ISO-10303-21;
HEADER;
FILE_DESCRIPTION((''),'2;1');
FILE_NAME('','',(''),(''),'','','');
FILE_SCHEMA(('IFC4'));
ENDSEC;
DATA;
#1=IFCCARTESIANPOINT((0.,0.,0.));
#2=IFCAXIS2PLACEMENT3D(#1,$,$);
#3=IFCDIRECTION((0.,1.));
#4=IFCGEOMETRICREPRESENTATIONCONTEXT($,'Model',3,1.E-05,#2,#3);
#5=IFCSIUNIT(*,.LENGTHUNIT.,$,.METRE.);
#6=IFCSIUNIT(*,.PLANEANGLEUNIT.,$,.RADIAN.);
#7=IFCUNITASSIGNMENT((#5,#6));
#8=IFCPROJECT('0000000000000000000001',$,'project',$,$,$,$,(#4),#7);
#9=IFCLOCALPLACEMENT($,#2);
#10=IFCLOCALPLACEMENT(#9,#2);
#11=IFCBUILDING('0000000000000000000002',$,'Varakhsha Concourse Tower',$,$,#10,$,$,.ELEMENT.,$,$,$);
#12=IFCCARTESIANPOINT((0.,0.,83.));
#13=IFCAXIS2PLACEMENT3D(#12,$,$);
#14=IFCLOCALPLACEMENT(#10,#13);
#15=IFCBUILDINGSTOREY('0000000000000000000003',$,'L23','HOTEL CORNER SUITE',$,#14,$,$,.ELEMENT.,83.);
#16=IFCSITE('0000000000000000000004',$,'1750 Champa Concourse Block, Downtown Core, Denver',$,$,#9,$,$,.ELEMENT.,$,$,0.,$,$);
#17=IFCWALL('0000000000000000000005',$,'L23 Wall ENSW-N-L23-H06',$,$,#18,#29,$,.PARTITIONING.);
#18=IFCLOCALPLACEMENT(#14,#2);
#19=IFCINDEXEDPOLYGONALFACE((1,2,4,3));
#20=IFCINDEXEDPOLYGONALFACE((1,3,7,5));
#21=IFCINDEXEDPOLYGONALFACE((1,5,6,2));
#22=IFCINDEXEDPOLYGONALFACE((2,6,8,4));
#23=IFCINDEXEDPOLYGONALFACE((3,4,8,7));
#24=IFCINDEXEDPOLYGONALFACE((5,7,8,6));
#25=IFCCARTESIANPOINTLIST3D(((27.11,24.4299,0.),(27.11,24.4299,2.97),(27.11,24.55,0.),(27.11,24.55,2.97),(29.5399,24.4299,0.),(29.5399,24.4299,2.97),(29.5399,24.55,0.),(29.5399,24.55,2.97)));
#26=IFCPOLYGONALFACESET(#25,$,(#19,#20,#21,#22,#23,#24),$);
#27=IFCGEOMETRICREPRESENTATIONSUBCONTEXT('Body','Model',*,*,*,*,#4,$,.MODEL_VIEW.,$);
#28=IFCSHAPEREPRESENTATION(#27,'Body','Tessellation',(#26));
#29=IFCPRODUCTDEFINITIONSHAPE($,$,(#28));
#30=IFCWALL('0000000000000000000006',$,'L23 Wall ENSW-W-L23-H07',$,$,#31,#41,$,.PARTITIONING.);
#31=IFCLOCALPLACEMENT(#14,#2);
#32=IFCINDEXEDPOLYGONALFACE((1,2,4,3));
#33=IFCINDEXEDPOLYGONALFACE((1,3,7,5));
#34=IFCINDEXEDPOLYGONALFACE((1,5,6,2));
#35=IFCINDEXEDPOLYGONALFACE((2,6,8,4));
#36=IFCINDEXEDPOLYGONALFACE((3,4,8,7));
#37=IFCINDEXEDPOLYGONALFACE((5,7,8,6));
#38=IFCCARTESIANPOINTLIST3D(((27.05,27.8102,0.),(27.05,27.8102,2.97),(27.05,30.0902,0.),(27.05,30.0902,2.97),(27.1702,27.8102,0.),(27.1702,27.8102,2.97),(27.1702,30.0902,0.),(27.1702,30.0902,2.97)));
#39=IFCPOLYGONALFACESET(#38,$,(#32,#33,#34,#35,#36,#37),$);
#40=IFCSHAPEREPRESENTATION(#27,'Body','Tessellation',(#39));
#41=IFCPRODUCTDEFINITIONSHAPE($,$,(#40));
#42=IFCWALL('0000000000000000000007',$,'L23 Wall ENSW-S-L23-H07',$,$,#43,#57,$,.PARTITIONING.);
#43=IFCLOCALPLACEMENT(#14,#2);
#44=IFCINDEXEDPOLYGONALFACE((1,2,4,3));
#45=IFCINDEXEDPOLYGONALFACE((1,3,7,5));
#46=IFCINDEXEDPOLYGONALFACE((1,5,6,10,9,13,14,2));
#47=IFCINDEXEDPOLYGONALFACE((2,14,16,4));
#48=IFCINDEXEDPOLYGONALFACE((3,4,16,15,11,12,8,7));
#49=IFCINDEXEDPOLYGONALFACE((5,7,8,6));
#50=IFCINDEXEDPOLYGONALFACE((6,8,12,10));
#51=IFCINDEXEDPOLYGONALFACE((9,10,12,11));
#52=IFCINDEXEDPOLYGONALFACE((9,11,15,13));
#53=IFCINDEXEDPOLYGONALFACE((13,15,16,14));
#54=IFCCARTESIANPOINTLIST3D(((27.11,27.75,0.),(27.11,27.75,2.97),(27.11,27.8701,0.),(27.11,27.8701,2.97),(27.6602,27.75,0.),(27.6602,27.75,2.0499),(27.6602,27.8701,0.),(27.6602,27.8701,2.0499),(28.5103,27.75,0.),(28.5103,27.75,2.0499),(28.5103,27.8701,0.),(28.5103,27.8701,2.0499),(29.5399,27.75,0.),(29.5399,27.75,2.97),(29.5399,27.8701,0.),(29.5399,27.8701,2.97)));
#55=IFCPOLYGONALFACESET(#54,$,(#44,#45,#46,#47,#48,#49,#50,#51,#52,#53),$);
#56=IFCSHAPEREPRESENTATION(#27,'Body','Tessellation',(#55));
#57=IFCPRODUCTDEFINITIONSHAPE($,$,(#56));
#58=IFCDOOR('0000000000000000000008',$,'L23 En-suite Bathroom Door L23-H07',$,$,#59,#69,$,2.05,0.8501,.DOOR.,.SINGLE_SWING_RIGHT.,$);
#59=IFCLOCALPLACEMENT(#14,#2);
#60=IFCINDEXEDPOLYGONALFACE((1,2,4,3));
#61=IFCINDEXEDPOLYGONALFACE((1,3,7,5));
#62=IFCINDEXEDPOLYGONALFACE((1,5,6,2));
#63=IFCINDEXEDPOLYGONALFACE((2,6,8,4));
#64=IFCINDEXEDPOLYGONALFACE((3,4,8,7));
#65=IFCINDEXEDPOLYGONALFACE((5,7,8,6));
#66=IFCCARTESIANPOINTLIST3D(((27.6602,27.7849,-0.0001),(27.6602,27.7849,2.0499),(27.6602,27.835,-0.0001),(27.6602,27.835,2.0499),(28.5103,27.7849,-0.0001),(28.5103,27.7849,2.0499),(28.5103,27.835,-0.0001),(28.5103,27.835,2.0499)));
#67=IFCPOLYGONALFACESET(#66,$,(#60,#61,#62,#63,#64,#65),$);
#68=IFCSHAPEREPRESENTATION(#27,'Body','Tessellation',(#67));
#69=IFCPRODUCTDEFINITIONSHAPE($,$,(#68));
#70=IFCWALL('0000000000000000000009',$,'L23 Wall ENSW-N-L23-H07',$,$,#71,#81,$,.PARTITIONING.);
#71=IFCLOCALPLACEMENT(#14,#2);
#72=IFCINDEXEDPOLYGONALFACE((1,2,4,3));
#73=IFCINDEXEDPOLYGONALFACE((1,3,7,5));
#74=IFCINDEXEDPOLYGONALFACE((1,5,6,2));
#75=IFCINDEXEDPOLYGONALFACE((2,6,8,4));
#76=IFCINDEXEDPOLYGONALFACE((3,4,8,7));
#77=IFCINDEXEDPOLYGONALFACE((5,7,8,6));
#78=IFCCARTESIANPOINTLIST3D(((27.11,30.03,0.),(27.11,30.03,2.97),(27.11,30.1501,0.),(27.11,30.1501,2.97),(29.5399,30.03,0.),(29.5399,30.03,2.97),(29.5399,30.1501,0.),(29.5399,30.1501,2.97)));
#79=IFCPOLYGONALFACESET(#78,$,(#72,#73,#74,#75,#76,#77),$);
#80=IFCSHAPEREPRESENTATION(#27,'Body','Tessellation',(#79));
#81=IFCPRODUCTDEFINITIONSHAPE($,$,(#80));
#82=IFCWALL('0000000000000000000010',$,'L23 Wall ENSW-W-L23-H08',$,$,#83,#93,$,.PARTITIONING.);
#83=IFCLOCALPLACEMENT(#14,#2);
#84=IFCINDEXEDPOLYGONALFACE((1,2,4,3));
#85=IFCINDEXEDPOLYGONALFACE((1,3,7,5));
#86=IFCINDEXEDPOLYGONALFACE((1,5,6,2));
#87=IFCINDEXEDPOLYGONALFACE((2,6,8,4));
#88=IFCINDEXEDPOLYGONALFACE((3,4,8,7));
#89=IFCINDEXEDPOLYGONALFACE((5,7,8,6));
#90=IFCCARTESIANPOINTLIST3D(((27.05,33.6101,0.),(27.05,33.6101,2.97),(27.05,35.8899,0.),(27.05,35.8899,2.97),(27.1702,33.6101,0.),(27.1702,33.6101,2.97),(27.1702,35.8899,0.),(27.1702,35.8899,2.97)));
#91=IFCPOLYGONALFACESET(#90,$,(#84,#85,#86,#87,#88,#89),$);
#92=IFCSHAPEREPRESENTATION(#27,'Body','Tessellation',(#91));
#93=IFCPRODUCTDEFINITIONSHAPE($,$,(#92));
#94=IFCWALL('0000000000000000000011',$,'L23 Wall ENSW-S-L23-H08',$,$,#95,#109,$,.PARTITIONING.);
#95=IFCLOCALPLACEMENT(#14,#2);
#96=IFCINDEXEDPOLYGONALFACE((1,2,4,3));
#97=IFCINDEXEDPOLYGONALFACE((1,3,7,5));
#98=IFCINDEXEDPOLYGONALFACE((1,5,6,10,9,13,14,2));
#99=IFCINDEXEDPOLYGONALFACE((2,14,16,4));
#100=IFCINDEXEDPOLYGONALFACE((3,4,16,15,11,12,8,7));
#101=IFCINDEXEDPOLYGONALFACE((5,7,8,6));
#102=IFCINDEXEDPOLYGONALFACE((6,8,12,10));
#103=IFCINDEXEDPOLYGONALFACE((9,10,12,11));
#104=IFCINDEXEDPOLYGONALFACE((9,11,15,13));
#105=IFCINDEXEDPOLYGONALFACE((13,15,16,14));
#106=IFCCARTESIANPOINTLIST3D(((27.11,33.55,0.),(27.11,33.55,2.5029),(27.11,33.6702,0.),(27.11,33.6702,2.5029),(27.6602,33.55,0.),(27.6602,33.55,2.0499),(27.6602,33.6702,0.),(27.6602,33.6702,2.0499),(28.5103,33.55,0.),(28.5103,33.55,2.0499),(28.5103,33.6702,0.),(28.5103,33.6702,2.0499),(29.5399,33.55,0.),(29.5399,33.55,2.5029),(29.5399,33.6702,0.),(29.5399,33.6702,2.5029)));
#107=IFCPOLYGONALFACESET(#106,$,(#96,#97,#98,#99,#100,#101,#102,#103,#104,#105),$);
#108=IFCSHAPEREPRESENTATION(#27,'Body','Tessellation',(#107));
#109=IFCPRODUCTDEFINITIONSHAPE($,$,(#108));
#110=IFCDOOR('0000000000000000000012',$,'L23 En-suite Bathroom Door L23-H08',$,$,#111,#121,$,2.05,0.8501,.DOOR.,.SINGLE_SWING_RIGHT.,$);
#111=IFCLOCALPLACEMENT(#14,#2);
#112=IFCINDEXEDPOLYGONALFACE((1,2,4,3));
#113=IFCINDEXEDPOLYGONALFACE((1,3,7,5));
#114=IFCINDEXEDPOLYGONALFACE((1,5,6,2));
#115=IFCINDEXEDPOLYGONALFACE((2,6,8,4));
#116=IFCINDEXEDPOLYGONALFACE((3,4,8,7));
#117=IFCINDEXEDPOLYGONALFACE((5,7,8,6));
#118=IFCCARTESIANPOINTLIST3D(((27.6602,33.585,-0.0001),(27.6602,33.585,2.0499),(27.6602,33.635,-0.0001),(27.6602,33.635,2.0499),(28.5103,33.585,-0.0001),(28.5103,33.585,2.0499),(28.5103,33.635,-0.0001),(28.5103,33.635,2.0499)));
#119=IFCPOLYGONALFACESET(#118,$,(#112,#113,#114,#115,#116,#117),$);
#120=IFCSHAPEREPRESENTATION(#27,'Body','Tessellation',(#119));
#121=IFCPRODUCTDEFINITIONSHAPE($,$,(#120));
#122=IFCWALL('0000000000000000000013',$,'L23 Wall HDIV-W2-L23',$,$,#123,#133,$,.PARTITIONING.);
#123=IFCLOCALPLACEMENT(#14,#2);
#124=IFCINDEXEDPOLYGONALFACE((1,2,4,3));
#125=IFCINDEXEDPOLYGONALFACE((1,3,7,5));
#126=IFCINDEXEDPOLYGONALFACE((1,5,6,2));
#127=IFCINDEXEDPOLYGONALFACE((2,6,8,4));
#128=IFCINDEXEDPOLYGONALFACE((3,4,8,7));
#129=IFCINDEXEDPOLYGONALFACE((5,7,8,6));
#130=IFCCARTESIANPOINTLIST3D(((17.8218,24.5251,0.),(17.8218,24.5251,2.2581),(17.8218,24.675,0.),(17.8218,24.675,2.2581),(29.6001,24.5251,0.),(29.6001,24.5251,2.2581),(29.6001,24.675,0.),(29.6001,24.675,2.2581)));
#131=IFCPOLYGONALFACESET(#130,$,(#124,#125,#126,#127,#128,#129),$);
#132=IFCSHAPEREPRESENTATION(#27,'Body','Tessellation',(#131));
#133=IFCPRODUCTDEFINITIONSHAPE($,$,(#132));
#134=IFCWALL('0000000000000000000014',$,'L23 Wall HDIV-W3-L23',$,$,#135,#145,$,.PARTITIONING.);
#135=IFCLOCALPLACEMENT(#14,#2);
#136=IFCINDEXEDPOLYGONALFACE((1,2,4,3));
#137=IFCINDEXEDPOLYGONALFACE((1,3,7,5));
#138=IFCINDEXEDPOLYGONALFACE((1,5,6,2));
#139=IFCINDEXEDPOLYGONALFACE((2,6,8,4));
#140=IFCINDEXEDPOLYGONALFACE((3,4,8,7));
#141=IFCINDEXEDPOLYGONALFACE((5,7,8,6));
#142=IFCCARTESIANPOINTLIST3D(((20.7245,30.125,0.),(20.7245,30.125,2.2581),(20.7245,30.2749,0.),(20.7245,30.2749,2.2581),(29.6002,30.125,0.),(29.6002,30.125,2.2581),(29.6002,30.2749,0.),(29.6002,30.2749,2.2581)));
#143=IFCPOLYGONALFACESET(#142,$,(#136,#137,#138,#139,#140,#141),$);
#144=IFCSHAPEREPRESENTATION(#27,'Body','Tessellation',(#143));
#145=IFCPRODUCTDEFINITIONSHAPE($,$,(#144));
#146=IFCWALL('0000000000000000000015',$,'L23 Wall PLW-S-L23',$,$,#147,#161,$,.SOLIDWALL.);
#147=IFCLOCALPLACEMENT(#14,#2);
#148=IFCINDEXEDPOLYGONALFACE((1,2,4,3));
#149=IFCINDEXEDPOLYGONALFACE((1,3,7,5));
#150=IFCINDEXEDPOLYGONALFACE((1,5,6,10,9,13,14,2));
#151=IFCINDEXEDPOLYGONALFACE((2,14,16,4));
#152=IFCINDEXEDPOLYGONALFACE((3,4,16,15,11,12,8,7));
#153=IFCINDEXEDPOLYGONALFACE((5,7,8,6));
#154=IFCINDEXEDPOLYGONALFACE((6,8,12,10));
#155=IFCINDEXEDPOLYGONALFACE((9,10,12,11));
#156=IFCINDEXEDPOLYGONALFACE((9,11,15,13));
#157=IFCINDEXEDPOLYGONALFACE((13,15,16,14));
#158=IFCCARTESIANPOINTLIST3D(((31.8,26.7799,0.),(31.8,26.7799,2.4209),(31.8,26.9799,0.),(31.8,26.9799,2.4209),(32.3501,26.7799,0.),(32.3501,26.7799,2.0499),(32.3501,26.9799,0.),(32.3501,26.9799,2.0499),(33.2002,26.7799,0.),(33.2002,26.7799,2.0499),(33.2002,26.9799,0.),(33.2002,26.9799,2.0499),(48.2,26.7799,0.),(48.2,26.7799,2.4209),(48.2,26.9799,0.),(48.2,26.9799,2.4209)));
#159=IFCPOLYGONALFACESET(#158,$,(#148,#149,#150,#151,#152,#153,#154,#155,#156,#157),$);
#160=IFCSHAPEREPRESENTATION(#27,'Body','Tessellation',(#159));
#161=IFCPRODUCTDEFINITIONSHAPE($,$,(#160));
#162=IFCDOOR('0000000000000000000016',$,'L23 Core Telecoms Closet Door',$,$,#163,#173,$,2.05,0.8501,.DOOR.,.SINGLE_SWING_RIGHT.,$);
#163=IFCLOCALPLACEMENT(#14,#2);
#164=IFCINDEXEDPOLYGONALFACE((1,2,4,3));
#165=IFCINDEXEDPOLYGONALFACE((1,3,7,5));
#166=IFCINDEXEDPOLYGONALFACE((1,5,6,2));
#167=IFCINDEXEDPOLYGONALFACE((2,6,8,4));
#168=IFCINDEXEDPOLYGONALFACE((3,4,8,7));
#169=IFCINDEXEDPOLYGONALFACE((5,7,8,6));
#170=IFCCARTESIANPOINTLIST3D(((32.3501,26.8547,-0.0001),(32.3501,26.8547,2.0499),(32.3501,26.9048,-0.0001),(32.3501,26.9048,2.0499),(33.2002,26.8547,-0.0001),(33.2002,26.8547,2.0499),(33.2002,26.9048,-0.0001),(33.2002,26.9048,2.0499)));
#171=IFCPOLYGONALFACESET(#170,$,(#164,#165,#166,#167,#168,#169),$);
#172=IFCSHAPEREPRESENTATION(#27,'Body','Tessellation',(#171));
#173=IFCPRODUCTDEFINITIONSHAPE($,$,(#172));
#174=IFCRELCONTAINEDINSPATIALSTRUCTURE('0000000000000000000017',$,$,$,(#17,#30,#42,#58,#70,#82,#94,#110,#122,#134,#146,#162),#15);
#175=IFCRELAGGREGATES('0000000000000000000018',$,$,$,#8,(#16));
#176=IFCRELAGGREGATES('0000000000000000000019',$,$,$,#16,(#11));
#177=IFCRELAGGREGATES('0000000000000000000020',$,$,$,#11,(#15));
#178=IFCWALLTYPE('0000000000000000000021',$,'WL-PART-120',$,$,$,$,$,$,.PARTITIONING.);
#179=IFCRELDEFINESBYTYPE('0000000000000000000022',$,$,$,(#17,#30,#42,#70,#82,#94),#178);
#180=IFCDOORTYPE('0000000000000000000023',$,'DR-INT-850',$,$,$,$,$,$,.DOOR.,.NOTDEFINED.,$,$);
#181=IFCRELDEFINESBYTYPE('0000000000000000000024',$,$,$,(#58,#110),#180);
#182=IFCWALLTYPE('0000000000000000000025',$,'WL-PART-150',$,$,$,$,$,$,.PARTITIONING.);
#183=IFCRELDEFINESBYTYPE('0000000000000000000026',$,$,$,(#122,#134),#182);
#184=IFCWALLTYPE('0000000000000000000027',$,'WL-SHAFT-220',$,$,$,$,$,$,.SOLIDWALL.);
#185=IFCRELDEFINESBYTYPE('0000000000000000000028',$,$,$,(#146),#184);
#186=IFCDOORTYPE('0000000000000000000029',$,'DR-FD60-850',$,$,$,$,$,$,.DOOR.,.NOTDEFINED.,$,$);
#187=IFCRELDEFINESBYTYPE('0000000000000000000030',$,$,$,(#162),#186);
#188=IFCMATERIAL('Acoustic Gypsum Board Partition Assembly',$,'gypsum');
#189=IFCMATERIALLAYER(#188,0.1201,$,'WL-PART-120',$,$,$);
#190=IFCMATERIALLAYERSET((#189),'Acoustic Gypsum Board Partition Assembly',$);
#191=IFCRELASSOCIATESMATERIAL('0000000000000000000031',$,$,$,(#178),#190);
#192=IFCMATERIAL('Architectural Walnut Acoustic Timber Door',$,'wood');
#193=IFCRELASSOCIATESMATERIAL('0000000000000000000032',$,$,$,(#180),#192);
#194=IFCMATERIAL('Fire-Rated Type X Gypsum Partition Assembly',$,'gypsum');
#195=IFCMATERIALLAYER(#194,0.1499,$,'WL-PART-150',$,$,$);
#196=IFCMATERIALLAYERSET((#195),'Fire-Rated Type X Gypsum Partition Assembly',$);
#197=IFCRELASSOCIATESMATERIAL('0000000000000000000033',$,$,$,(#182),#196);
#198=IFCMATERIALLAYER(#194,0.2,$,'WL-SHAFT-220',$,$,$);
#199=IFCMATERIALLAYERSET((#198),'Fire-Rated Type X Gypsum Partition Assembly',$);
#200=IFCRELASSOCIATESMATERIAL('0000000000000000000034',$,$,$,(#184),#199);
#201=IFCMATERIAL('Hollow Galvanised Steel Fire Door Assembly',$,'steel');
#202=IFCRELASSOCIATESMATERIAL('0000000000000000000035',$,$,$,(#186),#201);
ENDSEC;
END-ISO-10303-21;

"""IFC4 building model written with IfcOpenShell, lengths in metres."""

from ifc_helpers import new_model, si_unit, direction, frame, frame_2d, origin, place, context, subcontext, project, spatial, rectangle, extrude, material, layer, layer_set, type_object, element, fill, save


model = new_model("IFC4")

# Units and contexts
model_context = context("Model", 3, precision=1e-05, world=origin(), true_north=direction((0.0, 1.0)))
body_context = subcontext(model_context, "Body", "Model", "MODEL_VIEW")
ifc_project = project(units=[si_unit("LENGTHUNIT", "METRE"), si_unit("PLANEANGLEUNIT", "RADIAN")], contexts=[model_context])

# Site, building, storey
site_placement = place(None, origin())
site = spatial("IfcSite", under=ifc_project, at=site_placement, Name="1750 Champa Concourse Block, Downtown Core, Denver", CompositionType="ELEMENT", RefElevation=0.0)
building_placement = place(site_placement, origin())
building = spatial("IfcBuilding", under=site, at=building_placement, Name="Varakhsha Concourse Tower", CompositionType="ELEMENT")
storey_placement = place(building_placement, frame((0.0, 0.0, 83.0)))
storey = spatial("IfcBuildingStorey", under=building, at=storey_placement, Name="L23", Description="HOTEL CORNER SUITE", CompositionType="ELEMENT", Elevation=83.0)

# Shared definitions
ifc_material_1 = material(Name="Acoustic Gypsum Board Partition Assembly", Category="gypsum")
ifc_layer_1 = layer(ifc_material_1, 0.1201, Name="WL-PART-120")
ifc_layer_set_1 = layer_set([ifc_layer_1], Name="Acoustic Gypsum Board Partition Assembly")
wall_type_1 = type_object("IfcWallType", Name="WL-PART-120", PredefinedType="PARTITIONING", material=ifc_layer_set_1)

# Shared definitions
ifc_material_2 = material(Name="Architectural Walnut Acoustic Timber Door", Category="wood")
door_type_1 = type_object("IfcDoorType", Name="DR-INT-850", OperationType="NOTDEFINED", PredefinedType="DOOR", material=ifc_material_2)

# Walls
wall_1_placement = place(storey_placement, frame((27.1101, 24.49, 0.0), z_axis=(0.0, 0.0, 1.0), x_axis=(1.0, 0.0, 0.0)))
element("IfcWall", 1, at=wall_1_placement, inside=storey, type_object=wall_type_1, Name="L23 Wall ENSW-N-L23-H06", PredefinedType="PARTITIONING", context=body_context, shape_type="SweptSolid", body=[
    extrude(rectangle(XDim=2.4299, YDim=0.1201, at=frame_2d((1.2148, 0.0))), origin(), (0.0, 0.0, 1.0), 2.97),
])
wall_2_placement = place(storey_placement, frame((27.1101, 27.8101, 0.0), z_axis=(0.0, 0.0, 1.0), x_axis=(0.0, 1.0, 0.0)))
element("IfcWall", 2, at=wall_2_placement, inside=storey, type_object=wall_type_1, Name="L23 Wall ENSW-W-L23-H07", PredefinedType="PARTITIONING", context=body_context, shape_type="SweptSolid", body=[
    extrude(rectangle(XDim=2.28, YDim=0.1201, at=frame_2d((1.1401, 0.0))), origin(), (0.0, 0.0, 1.0), 2.97),
])

# Wall, opening, door
wall_3_placement = place(storey_placement, frame((27.1101, 27.8101, 0.0), z_axis=(0.0, 0.0, 1.0), x_axis=(1.0, 0.0, 0.0)))
wall_3 = element("IfcWall", 3, at=wall_3_placement, inside=storey, type_object=wall_type_1, Name="L23 Wall ENSW-S-L23-H07", PredefinedType="PARTITIONING", context=body_context, shape_type="SweptSolid", body=[
    extrude(rectangle(XDim=2.4299, YDim=0.1201, at=frame_2d((1.2148, 0.0))), origin(), (0.0, 0.0, 1.0), 2.97),
])
opening_1_placement = place(wall_3_placement, frame((0.55, 0.0, 0.0)))
opening_1 = element("IfcOpeningElement", 4, at=opening_1_placement, cuts=wall_3, PredefinedType="OPENING", context=body_context, shape_type="SweptSolid", body=[
    extrude(rectangle(XDim=0.8501, YDim=2.05, at=frame_2d((0.425, 1.0249))), frame((0.0, 0.0701, 0.0), z_axis=(0.0, -1.0, 0.0), x_axis=(1.0, 0.0, 0.0)), (0.0, 0.0, 1.0), 0.1401),
])
door_1_placement = place(opening_1_placement, origin())
door_1 = element("IfcDoor", 5, at=door_1_placement, inside=storey, type_object=door_type_1, Name="L23 En-suite Bathroom Door L23-H07", OperationType="SINGLE_SWING_RIGHT", OverallHeight=2.05, OverallWidth=0.8501, PredefinedType="DOOR", context=body_context, shape_type="SweptSolid", body=[
    extrude(rectangle(XDim=0.8501, YDim=2.05, at=frame_2d((0.425, 1.0249))), frame((0.0, 0.0249, 0.0), z_axis=(0.0, -1.0, 0.0), x_axis=(1.0, 0.0, 0.0)), (0.0, 0.0, 1.0), 0.05),
])
fill(opening_1, door_1)

# Walls
wall_4_placement = place(storey_placement, frame((27.1101, 30.0901, 0.0), z_axis=(0.0, 0.0, 1.0), x_axis=(1.0, 0.0, 0.0)))
element("IfcWall", 6, at=wall_4_placement, inside=storey, type_object=wall_type_1, Name="L23 Wall ENSW-N-L23-H07", PredefinedType="PARTITIONING", context=body_context, shape_type="SweptSolid", body=[
    extrude(rectangle(XDim=2.4299, YDim=0.1201, at=frame_2d((1.2148, 0.0))), origin(), (0.0, 0.0, 1.0), 2.97),
])
wall_5_placement = place(storey_placement, frame((27.1101, 33.6101, 0.0), z_axis=(0.0, 0.0, 1.0), x_axis=(0.0, 1.0, 0.0)))
element("IfcWall", 7, at=wall_5_placement, inside=storey, type_object=wall_type_1, Name="L23 Wall ENSW-W-L23-H08", PredefinedType="PARTITIONING", context=body_context, shape_type="SweptSolid", body=[
    extrude(rectangle(XDim=2.2798, YDim=0.1201, at=frame_2d((1.1399, 0.0))), origin(), (0.0, 0.0, 1.0), 2.97),
])

# Wall, opening, door
wall_6_placement = place(storey_placement, frame((27.1101, 33.6101, 0.0), z_axis=(0.0, 0.0, 1.0), x_axis=(1.0, 0.0, 0.0)))
wall_6 = element("IfcWall", 8, at=wall_6_placement, inside=storey, type_object=wall_type_1, Name="L23 Wall ENSW-S-L23-H08", PredefinedType="PARTITIONING", context=body_context, shape_type="SweptSolid", body=[
    extrude(rectangle(XDim=2.4299, YDim=0.1201, at=frame_2d((1.2148, 0.0))), origin(), (0.0, 0.0, 1.0), 2.5029),
])
opening_2_placement = place(wall_6_placement, frame((0.55, 0.0, 0.0)))
opening_2 = element("IfcOpeningElement", 9, at=opening_2_placement, cuts=wall_6, PredefinedType="OPENING", context=body_context, shape_type="SweptSolid", body=[
    extrude(rectangle(XDim=0.8501, YDim=2.05, at=frame_2d((0.425, 1.0249))), frame((0.0, 0.0701, 0.0), z_axis=(0.0, -1.0, 0.0), x_axis=(1.0, 0.0, 0.0)), (0.0, 0.0, 1.0), 0.1401),
])
door_2_placement = place(opening_2_placement, origin())
door_2 = element("IfcDoor", 10, at=door_2_placement, inside=storey, type_object=door_type_1, Name="L23 En-suite Bathroom Door L23-H08", OperationType="SINGLE_SWING_RIGHT", OverallHeight=2.05, OverallWidth=0.8501, PredefinedType="DOOR", context=body_context, shape_type="SweptSolid", body=[
    extrude(rectangle(XDim=0.8501, YDim=2.05, at=frame_2d((0.425, 1.0249))), frame((0.0, 0.0249, 0.0), z_axis=(0.0, -1.0, 0.0), x_axis=(1.0, 0.0, 0.0)), (0.0, 0.0, 1.0), 0.05),
])
fill(opening_2, door_2)

# Walls
ifc_material_3 = material(Name="Fire-Rated Type X Gypsum Partition Assembly", Category="gypsum")
ifc_layer_2 = layer(ifc_material_3, 0.1499, Name="WL-PART-150")
ifc_layer_set_2 = layer_set([ifc_layer_2], Name="Fire-Rated Type X Gypsum Partition Assembly")
wall_type_2 = type_object("IfcWallType", Name="WL-PART-150", PredefinedType="PARTITIONING", material=ifc_layer_set_2)
wall_7_placement = place(storey_placement, frame((17.8218, 24.6001, 0.0), z_axis=(0.0, 0.0, 1.0), x_axis=(1.0, 0.0, 0.0)))
element("IfcWall", 11, at=wall_7_placement, inside=storey, type_object=wall_type_2, Name="L23 Wall HDIV-W2-L23", PredefinedType="PARTITIONING", context=body_context, shape_type="SweptSolid", body=[
    extrude(rectangle(XDim=11.7783, YDim=0.1499, at=frame_2d((5.8892, 0.0))), origin(), (0.0, 0.0, 1.0), 2.2581),
])
wall_8_placement = place(storey_placement, frame((20.7244, 30.2, 0.0), z_axis=(0.0, 0.0, 1.0), x_axis=(1.0, 0.0, 0.0)))
element("IfcWall", 12, at=wall_8_placement, inside=storey, type_object=wall_type_2, Name="L23 Wall HDIV-W3-L23", PredefinedType="PARTITIONING", context=body_context, shape_type="SweptSolid", body=[
    extrude(rectangle(XDim=8.8757, YDim=0.1499, at=frame_2d((4.438, 0.0))), origin(), (0.0, 0.0, 1.0), 2.2581),
])

# Wall, opening, door
ifc_layer_3 = layer(ifc_material_3, 0.2, Name="WL-SHAFT-220")
ifc_layer_set_3 = layer_set([ifc_layer_3], Name="Fire-Rated Type X Gypsum Partition Assembly")
wall_type_3 = type_object("IfcWallType", Name="WL-SHAFT-220", PredefinedType="SOLIDWALL", material=ifc_layer_set_3)
wall_9_placement = place(storey_placement, frame((31.8, 26.8799, 0.0), z_axis=(0.0, 0.0, 1.0), x_axis=(1.0, 0.0, 0.0)))
wall_9 = element("IfcWall", 13, at=wall_9_placement, inside=storey, type_object=wall_type_3, Name="L23 Wall PLW-S-L23", PredefinedType="SOLIDWALL", context=body_context, shape_type="SweptSolid", body=[
    extrude(rectangle(XDim=16.3999, YDim=0.2, at=frame_2d((8.2, 0.0))), origin(), (0.0, 0.0, 1.0), 2.4209),
])
opening_3_placement = place(wall_9_placement, frame((0.55, 0.0, 0.0)))
opening_3 = element("IfcOpeningElement", 14, at=opening_3_placement, cuts=wall_9, PredefinedType="OPENING", context=body_context, shape_type="SweptSolid", body=[
    extrude(rectangle(XDim=0.8501, YDim=2.05, at=frame_2d((0.425, 1.0249))), frame((0.0, 0.1099, 0.0), z_axis=(0.0, -1.0, 0.0), x_axis=(1.0, 0.0, 0.0)), (0.0, 0.0, 1.0), 0.22),
])
ifc_material_4 = material(Name="Hollow Galvanised Steel Fire Door Assembly", Category="steel")
door_type_2 = type_object("IfcDoorType", Name="DR-FD60-850", OperationType="NOTDEFINED", PredefinedType="DOOR", material=ifc_material_4)
door_3_placement = place(opening_3_placement, origin())
door_3 = element("IfcDoor", 15, at=door_3_placement, inside=storey, type_object=door_type_2, Name="L23 Core Telecoms Closet Door", OperationType="SINGLE_SWING_RIGHT", OverallHeight=2.05, OverallWidth=0.8501, PredefinedType="DOOR", context=body_context, shape_type="SweptSolid", body=[
    extrude(rectangle(XDim=0.8501, YDim=2.05, at=frame_2d((0.425, 1.0249))), frame((0.0, 0.0249, 0.0), z_axis=(0.0, -1.0, 0.0), x_axis=(1.0, 0.0, 0.0)), (0.0, 0.0, 1.0), 0.05),
])
fill(opening_3, door_3)

save(model, "model.ifc")
